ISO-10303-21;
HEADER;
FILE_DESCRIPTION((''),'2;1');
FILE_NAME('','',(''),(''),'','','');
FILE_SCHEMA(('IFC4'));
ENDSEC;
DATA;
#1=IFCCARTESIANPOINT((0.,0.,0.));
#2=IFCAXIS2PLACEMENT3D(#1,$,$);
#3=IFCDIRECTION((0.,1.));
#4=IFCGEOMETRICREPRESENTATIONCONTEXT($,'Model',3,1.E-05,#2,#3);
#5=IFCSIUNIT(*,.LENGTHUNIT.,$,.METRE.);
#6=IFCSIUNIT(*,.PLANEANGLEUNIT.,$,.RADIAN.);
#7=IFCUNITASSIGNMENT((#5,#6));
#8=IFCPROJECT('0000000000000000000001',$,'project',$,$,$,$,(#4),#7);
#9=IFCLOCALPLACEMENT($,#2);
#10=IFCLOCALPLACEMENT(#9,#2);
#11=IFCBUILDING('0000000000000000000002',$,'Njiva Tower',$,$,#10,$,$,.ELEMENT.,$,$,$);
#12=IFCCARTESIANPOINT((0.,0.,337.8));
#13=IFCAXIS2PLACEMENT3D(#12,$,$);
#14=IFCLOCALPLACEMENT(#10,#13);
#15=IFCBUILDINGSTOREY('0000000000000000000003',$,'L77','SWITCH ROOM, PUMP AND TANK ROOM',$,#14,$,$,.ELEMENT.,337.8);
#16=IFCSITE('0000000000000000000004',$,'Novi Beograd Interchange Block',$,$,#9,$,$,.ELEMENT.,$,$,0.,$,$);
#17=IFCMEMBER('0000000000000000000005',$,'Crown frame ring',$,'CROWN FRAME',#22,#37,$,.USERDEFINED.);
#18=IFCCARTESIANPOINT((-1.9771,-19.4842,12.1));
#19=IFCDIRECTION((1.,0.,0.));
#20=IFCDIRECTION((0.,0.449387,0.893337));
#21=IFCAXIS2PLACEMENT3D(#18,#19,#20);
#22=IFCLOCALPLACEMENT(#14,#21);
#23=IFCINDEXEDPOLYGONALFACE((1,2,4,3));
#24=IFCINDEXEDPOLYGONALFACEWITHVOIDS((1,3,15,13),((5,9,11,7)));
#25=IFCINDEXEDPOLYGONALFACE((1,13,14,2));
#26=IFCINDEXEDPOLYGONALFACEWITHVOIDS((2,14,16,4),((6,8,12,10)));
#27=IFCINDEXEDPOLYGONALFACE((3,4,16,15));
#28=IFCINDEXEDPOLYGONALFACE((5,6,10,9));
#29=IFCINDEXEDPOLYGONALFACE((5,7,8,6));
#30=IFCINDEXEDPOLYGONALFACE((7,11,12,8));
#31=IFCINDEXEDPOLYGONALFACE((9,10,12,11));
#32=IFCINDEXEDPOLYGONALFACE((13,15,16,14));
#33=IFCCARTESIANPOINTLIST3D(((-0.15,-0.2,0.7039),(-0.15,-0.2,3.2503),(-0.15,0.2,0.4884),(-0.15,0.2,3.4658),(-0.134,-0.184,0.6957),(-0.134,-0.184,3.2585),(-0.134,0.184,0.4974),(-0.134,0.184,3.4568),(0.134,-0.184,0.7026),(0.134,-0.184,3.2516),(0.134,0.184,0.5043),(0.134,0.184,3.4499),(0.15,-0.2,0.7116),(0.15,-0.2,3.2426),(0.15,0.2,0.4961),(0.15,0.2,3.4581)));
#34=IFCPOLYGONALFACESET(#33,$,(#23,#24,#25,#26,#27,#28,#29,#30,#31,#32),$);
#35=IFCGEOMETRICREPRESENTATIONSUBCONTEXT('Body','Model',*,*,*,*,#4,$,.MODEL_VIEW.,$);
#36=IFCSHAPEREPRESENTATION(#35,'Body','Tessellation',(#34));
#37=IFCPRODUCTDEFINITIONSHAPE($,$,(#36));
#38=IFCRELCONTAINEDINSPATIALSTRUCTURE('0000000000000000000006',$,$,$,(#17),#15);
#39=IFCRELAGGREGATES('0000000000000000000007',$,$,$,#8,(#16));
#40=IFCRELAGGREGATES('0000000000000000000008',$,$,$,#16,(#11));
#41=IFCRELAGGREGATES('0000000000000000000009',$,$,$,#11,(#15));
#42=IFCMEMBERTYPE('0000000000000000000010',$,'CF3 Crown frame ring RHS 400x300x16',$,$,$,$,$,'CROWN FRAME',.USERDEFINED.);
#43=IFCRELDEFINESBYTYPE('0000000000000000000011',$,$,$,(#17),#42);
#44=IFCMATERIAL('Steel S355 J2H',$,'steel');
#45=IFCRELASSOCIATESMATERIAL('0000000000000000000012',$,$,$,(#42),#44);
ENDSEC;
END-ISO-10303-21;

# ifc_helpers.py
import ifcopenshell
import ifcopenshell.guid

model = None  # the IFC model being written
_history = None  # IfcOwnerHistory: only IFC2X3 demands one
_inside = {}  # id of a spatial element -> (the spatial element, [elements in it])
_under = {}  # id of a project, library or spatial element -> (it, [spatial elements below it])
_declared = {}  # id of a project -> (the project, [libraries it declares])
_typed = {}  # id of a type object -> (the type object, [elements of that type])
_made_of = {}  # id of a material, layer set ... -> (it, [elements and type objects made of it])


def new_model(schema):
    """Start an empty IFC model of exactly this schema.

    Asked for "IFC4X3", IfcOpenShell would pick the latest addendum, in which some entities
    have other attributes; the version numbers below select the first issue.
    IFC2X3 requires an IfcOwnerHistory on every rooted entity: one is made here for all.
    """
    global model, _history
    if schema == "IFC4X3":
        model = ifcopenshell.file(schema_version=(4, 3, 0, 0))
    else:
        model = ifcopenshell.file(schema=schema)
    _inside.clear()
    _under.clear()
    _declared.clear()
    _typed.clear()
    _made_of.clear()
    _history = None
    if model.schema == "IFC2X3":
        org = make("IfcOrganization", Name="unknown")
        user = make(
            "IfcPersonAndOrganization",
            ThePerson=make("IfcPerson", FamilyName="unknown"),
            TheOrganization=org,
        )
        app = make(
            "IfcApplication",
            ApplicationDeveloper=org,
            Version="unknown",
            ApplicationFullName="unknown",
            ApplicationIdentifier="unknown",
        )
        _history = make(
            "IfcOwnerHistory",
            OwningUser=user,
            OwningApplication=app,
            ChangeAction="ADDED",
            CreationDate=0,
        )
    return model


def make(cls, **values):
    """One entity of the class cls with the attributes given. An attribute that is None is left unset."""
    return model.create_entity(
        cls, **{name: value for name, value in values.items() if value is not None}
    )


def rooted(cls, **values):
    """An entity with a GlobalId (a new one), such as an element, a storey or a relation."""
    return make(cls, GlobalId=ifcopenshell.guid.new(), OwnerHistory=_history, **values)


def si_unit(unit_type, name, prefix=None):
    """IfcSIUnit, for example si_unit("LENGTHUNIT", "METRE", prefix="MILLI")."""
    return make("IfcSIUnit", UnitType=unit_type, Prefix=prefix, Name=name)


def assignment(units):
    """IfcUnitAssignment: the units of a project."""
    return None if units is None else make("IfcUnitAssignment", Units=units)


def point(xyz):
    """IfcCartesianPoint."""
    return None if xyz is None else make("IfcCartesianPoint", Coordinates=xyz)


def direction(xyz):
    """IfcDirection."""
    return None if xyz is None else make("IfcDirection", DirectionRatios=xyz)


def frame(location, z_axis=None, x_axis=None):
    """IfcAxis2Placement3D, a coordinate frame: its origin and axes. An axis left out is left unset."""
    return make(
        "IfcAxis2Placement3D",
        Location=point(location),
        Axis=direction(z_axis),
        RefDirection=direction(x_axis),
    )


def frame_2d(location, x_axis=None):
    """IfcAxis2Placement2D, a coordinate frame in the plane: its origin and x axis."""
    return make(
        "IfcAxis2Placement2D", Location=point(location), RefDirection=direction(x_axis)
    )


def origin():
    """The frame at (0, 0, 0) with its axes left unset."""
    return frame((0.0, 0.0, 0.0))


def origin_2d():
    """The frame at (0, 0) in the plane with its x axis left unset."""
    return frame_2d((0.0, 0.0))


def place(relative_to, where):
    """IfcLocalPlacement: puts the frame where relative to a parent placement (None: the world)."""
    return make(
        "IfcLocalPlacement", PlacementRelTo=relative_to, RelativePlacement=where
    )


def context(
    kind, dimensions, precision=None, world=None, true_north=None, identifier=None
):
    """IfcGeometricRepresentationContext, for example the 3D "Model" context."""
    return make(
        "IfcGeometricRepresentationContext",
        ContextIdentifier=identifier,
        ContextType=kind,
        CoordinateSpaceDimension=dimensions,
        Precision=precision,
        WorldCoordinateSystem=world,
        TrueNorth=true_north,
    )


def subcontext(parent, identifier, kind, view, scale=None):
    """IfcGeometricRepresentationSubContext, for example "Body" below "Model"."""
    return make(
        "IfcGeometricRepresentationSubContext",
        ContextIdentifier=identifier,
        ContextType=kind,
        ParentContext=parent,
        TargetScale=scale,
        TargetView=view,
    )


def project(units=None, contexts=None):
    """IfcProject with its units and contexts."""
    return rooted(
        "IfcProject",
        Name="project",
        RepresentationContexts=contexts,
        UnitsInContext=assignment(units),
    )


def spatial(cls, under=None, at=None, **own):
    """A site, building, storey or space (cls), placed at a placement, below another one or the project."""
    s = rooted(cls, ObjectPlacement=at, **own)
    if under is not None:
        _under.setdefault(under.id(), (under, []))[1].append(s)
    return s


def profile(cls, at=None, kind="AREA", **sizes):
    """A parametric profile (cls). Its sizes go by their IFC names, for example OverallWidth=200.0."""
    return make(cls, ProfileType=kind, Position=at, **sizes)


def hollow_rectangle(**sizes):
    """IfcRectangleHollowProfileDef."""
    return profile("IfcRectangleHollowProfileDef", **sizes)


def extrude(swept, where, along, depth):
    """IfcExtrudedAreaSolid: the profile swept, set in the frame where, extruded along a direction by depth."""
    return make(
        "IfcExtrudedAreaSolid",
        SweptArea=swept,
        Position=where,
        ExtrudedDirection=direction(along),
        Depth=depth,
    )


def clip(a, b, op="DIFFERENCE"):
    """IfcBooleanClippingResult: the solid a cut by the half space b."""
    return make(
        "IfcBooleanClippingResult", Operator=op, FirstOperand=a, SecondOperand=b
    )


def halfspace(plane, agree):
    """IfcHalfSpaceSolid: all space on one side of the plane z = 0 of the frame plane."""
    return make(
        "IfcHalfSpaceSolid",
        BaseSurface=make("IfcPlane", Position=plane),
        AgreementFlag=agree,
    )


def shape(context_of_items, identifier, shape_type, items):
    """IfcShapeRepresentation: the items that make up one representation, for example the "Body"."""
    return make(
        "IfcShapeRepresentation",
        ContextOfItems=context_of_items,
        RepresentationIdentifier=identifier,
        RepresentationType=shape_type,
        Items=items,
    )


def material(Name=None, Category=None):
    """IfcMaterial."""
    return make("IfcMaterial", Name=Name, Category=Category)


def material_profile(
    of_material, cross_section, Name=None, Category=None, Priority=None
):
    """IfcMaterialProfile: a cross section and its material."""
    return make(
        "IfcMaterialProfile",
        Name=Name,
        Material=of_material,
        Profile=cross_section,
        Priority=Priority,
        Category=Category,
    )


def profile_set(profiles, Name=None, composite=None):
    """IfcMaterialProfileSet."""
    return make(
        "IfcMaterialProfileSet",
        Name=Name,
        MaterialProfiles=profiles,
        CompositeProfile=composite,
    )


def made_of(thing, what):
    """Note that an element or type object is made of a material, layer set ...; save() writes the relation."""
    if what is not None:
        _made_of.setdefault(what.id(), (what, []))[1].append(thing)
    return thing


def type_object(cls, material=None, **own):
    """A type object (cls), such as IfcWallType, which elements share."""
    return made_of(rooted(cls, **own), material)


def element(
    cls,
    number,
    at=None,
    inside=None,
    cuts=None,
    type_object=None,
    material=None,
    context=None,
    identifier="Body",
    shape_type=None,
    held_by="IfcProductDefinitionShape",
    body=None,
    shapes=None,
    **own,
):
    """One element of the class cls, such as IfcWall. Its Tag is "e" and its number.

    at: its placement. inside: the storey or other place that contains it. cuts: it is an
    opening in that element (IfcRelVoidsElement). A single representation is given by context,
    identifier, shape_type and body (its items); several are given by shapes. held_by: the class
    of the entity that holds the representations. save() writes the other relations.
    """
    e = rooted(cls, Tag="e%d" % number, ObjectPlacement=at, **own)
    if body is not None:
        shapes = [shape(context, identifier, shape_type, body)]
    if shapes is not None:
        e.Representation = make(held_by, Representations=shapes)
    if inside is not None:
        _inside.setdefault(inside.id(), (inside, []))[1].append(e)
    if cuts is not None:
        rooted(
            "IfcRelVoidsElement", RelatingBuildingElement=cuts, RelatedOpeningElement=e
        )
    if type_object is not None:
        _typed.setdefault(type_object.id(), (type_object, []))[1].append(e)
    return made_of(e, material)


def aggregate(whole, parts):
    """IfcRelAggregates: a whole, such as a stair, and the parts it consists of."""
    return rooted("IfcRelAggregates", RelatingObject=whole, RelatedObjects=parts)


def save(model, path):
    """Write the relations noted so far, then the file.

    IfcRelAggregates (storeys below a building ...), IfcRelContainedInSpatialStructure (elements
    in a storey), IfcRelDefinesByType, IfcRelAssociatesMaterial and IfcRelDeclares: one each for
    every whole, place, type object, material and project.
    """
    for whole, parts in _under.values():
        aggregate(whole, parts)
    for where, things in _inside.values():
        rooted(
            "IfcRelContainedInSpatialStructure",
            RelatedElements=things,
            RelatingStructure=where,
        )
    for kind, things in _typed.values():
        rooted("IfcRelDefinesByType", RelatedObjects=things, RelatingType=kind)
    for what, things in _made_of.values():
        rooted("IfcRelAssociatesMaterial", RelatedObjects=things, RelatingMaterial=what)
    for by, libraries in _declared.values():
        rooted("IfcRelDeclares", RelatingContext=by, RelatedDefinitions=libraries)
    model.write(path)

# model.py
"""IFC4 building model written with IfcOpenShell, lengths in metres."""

from ifc_helpers import new_model, si_unit, direction, frame, origin, origin_2d, place, context, subcontext, project, spatial, hollow_rectangle, extrude, clip, halfspace, material, material_profile, profile_set, type_object, element, save


model = new_model("IFC4")

# Units and contexts
model_context = context("Model", 3, precision=1e-05, world=origin(), true_north=direction((0.0, 1.0)))
body_context = subcontext(model_context, "Body", "Model", "MODEL_VIEW")
ifc_project = project(units=[si_unit("LENGTHUNIT", "METRE"), si_unit("PLANEANGLEUNIT", "RADIAN")], contexts=[model_context])

# Site, building, storey
site_placement = place(None, origin())
site = spatial("IfcSite", under=ifc_project, at=site_placement, Name="Novi Beograd Interchange Block", CompositionType="ELEMENT", RefElevation=0.0)
building_placement = place(site_placement, origin())
building = spatial("IfcBuilding", under=site, at=building_placement, Name="Njiva Tower", CompositionType="ELEMENT")
storey_placement = place(building_placement, frame((0.0, 0.0, 337.8)))
storey = spatial("IfcBuildingStorey", under=building, at=storey_placement, Name="L77", Description="SWITCH ROOM, PUMP AND TANK ROOM", CompositionType="ELEMENT", Elevation=337.8)

# Member
ifc_material_1 = material(Name="Steel S355 J2H", Category="steel")
ifc_material_profile_1 = material_profile(ifc_material_1, hollow_rectangle(XDim=0.3, YDim=0.4, WallThickness=0.016, at=origin_2d()), Name="BOX 400x300x16")
ifc_profile_set_1 = profile_set([ifc_material_profile_1], Name="Steel S355 J2H")
member_type_1 = type_object("IfcMemberType", Name="CF3 Crown frame ring RHS 400x300x16", ElementType="CROWN FRAME", PredefinedType="USERDEFINED", material=ifc_profile_set_1)
member_1_placement = place(storey_placement, frame((-1.9771, -19.4842, 12.1), z_axis=(1.0, 0.0, 0.0), x_axis=(0.0, 0.449387, 0.893337)))
element("IfcMember", 1, at=member_1_placement, inside=storey, type_object=member_type_1, Name="Crown frame ring", ObjectType="CROWN FRAME", PredefinedType="USERDEFINED", context=body_context, shape_type="Clipping", body=[
    clip(clip(extrude(hollow_rectangle(XDim=0.3, YDim=0.4, WallThickness=0.016, at=origin_2d()), origin(), (0.0, 0.0, 1.0), 3.9542), halfspace(frame((0.0, 0.0, 0.6), z_axis=(0.022604, -0.474208, -0.880122), x_axis=(0.0, -0.880347, 0.474329)), False)), halfspace(frame((0.0, 0.0, 3.3542), z_axis=(0.022604, -0.474208, 0.880122), x_axis=(0.0, 0.880347, 0.474329)), False)),
])

save(model, "model.ifc")
